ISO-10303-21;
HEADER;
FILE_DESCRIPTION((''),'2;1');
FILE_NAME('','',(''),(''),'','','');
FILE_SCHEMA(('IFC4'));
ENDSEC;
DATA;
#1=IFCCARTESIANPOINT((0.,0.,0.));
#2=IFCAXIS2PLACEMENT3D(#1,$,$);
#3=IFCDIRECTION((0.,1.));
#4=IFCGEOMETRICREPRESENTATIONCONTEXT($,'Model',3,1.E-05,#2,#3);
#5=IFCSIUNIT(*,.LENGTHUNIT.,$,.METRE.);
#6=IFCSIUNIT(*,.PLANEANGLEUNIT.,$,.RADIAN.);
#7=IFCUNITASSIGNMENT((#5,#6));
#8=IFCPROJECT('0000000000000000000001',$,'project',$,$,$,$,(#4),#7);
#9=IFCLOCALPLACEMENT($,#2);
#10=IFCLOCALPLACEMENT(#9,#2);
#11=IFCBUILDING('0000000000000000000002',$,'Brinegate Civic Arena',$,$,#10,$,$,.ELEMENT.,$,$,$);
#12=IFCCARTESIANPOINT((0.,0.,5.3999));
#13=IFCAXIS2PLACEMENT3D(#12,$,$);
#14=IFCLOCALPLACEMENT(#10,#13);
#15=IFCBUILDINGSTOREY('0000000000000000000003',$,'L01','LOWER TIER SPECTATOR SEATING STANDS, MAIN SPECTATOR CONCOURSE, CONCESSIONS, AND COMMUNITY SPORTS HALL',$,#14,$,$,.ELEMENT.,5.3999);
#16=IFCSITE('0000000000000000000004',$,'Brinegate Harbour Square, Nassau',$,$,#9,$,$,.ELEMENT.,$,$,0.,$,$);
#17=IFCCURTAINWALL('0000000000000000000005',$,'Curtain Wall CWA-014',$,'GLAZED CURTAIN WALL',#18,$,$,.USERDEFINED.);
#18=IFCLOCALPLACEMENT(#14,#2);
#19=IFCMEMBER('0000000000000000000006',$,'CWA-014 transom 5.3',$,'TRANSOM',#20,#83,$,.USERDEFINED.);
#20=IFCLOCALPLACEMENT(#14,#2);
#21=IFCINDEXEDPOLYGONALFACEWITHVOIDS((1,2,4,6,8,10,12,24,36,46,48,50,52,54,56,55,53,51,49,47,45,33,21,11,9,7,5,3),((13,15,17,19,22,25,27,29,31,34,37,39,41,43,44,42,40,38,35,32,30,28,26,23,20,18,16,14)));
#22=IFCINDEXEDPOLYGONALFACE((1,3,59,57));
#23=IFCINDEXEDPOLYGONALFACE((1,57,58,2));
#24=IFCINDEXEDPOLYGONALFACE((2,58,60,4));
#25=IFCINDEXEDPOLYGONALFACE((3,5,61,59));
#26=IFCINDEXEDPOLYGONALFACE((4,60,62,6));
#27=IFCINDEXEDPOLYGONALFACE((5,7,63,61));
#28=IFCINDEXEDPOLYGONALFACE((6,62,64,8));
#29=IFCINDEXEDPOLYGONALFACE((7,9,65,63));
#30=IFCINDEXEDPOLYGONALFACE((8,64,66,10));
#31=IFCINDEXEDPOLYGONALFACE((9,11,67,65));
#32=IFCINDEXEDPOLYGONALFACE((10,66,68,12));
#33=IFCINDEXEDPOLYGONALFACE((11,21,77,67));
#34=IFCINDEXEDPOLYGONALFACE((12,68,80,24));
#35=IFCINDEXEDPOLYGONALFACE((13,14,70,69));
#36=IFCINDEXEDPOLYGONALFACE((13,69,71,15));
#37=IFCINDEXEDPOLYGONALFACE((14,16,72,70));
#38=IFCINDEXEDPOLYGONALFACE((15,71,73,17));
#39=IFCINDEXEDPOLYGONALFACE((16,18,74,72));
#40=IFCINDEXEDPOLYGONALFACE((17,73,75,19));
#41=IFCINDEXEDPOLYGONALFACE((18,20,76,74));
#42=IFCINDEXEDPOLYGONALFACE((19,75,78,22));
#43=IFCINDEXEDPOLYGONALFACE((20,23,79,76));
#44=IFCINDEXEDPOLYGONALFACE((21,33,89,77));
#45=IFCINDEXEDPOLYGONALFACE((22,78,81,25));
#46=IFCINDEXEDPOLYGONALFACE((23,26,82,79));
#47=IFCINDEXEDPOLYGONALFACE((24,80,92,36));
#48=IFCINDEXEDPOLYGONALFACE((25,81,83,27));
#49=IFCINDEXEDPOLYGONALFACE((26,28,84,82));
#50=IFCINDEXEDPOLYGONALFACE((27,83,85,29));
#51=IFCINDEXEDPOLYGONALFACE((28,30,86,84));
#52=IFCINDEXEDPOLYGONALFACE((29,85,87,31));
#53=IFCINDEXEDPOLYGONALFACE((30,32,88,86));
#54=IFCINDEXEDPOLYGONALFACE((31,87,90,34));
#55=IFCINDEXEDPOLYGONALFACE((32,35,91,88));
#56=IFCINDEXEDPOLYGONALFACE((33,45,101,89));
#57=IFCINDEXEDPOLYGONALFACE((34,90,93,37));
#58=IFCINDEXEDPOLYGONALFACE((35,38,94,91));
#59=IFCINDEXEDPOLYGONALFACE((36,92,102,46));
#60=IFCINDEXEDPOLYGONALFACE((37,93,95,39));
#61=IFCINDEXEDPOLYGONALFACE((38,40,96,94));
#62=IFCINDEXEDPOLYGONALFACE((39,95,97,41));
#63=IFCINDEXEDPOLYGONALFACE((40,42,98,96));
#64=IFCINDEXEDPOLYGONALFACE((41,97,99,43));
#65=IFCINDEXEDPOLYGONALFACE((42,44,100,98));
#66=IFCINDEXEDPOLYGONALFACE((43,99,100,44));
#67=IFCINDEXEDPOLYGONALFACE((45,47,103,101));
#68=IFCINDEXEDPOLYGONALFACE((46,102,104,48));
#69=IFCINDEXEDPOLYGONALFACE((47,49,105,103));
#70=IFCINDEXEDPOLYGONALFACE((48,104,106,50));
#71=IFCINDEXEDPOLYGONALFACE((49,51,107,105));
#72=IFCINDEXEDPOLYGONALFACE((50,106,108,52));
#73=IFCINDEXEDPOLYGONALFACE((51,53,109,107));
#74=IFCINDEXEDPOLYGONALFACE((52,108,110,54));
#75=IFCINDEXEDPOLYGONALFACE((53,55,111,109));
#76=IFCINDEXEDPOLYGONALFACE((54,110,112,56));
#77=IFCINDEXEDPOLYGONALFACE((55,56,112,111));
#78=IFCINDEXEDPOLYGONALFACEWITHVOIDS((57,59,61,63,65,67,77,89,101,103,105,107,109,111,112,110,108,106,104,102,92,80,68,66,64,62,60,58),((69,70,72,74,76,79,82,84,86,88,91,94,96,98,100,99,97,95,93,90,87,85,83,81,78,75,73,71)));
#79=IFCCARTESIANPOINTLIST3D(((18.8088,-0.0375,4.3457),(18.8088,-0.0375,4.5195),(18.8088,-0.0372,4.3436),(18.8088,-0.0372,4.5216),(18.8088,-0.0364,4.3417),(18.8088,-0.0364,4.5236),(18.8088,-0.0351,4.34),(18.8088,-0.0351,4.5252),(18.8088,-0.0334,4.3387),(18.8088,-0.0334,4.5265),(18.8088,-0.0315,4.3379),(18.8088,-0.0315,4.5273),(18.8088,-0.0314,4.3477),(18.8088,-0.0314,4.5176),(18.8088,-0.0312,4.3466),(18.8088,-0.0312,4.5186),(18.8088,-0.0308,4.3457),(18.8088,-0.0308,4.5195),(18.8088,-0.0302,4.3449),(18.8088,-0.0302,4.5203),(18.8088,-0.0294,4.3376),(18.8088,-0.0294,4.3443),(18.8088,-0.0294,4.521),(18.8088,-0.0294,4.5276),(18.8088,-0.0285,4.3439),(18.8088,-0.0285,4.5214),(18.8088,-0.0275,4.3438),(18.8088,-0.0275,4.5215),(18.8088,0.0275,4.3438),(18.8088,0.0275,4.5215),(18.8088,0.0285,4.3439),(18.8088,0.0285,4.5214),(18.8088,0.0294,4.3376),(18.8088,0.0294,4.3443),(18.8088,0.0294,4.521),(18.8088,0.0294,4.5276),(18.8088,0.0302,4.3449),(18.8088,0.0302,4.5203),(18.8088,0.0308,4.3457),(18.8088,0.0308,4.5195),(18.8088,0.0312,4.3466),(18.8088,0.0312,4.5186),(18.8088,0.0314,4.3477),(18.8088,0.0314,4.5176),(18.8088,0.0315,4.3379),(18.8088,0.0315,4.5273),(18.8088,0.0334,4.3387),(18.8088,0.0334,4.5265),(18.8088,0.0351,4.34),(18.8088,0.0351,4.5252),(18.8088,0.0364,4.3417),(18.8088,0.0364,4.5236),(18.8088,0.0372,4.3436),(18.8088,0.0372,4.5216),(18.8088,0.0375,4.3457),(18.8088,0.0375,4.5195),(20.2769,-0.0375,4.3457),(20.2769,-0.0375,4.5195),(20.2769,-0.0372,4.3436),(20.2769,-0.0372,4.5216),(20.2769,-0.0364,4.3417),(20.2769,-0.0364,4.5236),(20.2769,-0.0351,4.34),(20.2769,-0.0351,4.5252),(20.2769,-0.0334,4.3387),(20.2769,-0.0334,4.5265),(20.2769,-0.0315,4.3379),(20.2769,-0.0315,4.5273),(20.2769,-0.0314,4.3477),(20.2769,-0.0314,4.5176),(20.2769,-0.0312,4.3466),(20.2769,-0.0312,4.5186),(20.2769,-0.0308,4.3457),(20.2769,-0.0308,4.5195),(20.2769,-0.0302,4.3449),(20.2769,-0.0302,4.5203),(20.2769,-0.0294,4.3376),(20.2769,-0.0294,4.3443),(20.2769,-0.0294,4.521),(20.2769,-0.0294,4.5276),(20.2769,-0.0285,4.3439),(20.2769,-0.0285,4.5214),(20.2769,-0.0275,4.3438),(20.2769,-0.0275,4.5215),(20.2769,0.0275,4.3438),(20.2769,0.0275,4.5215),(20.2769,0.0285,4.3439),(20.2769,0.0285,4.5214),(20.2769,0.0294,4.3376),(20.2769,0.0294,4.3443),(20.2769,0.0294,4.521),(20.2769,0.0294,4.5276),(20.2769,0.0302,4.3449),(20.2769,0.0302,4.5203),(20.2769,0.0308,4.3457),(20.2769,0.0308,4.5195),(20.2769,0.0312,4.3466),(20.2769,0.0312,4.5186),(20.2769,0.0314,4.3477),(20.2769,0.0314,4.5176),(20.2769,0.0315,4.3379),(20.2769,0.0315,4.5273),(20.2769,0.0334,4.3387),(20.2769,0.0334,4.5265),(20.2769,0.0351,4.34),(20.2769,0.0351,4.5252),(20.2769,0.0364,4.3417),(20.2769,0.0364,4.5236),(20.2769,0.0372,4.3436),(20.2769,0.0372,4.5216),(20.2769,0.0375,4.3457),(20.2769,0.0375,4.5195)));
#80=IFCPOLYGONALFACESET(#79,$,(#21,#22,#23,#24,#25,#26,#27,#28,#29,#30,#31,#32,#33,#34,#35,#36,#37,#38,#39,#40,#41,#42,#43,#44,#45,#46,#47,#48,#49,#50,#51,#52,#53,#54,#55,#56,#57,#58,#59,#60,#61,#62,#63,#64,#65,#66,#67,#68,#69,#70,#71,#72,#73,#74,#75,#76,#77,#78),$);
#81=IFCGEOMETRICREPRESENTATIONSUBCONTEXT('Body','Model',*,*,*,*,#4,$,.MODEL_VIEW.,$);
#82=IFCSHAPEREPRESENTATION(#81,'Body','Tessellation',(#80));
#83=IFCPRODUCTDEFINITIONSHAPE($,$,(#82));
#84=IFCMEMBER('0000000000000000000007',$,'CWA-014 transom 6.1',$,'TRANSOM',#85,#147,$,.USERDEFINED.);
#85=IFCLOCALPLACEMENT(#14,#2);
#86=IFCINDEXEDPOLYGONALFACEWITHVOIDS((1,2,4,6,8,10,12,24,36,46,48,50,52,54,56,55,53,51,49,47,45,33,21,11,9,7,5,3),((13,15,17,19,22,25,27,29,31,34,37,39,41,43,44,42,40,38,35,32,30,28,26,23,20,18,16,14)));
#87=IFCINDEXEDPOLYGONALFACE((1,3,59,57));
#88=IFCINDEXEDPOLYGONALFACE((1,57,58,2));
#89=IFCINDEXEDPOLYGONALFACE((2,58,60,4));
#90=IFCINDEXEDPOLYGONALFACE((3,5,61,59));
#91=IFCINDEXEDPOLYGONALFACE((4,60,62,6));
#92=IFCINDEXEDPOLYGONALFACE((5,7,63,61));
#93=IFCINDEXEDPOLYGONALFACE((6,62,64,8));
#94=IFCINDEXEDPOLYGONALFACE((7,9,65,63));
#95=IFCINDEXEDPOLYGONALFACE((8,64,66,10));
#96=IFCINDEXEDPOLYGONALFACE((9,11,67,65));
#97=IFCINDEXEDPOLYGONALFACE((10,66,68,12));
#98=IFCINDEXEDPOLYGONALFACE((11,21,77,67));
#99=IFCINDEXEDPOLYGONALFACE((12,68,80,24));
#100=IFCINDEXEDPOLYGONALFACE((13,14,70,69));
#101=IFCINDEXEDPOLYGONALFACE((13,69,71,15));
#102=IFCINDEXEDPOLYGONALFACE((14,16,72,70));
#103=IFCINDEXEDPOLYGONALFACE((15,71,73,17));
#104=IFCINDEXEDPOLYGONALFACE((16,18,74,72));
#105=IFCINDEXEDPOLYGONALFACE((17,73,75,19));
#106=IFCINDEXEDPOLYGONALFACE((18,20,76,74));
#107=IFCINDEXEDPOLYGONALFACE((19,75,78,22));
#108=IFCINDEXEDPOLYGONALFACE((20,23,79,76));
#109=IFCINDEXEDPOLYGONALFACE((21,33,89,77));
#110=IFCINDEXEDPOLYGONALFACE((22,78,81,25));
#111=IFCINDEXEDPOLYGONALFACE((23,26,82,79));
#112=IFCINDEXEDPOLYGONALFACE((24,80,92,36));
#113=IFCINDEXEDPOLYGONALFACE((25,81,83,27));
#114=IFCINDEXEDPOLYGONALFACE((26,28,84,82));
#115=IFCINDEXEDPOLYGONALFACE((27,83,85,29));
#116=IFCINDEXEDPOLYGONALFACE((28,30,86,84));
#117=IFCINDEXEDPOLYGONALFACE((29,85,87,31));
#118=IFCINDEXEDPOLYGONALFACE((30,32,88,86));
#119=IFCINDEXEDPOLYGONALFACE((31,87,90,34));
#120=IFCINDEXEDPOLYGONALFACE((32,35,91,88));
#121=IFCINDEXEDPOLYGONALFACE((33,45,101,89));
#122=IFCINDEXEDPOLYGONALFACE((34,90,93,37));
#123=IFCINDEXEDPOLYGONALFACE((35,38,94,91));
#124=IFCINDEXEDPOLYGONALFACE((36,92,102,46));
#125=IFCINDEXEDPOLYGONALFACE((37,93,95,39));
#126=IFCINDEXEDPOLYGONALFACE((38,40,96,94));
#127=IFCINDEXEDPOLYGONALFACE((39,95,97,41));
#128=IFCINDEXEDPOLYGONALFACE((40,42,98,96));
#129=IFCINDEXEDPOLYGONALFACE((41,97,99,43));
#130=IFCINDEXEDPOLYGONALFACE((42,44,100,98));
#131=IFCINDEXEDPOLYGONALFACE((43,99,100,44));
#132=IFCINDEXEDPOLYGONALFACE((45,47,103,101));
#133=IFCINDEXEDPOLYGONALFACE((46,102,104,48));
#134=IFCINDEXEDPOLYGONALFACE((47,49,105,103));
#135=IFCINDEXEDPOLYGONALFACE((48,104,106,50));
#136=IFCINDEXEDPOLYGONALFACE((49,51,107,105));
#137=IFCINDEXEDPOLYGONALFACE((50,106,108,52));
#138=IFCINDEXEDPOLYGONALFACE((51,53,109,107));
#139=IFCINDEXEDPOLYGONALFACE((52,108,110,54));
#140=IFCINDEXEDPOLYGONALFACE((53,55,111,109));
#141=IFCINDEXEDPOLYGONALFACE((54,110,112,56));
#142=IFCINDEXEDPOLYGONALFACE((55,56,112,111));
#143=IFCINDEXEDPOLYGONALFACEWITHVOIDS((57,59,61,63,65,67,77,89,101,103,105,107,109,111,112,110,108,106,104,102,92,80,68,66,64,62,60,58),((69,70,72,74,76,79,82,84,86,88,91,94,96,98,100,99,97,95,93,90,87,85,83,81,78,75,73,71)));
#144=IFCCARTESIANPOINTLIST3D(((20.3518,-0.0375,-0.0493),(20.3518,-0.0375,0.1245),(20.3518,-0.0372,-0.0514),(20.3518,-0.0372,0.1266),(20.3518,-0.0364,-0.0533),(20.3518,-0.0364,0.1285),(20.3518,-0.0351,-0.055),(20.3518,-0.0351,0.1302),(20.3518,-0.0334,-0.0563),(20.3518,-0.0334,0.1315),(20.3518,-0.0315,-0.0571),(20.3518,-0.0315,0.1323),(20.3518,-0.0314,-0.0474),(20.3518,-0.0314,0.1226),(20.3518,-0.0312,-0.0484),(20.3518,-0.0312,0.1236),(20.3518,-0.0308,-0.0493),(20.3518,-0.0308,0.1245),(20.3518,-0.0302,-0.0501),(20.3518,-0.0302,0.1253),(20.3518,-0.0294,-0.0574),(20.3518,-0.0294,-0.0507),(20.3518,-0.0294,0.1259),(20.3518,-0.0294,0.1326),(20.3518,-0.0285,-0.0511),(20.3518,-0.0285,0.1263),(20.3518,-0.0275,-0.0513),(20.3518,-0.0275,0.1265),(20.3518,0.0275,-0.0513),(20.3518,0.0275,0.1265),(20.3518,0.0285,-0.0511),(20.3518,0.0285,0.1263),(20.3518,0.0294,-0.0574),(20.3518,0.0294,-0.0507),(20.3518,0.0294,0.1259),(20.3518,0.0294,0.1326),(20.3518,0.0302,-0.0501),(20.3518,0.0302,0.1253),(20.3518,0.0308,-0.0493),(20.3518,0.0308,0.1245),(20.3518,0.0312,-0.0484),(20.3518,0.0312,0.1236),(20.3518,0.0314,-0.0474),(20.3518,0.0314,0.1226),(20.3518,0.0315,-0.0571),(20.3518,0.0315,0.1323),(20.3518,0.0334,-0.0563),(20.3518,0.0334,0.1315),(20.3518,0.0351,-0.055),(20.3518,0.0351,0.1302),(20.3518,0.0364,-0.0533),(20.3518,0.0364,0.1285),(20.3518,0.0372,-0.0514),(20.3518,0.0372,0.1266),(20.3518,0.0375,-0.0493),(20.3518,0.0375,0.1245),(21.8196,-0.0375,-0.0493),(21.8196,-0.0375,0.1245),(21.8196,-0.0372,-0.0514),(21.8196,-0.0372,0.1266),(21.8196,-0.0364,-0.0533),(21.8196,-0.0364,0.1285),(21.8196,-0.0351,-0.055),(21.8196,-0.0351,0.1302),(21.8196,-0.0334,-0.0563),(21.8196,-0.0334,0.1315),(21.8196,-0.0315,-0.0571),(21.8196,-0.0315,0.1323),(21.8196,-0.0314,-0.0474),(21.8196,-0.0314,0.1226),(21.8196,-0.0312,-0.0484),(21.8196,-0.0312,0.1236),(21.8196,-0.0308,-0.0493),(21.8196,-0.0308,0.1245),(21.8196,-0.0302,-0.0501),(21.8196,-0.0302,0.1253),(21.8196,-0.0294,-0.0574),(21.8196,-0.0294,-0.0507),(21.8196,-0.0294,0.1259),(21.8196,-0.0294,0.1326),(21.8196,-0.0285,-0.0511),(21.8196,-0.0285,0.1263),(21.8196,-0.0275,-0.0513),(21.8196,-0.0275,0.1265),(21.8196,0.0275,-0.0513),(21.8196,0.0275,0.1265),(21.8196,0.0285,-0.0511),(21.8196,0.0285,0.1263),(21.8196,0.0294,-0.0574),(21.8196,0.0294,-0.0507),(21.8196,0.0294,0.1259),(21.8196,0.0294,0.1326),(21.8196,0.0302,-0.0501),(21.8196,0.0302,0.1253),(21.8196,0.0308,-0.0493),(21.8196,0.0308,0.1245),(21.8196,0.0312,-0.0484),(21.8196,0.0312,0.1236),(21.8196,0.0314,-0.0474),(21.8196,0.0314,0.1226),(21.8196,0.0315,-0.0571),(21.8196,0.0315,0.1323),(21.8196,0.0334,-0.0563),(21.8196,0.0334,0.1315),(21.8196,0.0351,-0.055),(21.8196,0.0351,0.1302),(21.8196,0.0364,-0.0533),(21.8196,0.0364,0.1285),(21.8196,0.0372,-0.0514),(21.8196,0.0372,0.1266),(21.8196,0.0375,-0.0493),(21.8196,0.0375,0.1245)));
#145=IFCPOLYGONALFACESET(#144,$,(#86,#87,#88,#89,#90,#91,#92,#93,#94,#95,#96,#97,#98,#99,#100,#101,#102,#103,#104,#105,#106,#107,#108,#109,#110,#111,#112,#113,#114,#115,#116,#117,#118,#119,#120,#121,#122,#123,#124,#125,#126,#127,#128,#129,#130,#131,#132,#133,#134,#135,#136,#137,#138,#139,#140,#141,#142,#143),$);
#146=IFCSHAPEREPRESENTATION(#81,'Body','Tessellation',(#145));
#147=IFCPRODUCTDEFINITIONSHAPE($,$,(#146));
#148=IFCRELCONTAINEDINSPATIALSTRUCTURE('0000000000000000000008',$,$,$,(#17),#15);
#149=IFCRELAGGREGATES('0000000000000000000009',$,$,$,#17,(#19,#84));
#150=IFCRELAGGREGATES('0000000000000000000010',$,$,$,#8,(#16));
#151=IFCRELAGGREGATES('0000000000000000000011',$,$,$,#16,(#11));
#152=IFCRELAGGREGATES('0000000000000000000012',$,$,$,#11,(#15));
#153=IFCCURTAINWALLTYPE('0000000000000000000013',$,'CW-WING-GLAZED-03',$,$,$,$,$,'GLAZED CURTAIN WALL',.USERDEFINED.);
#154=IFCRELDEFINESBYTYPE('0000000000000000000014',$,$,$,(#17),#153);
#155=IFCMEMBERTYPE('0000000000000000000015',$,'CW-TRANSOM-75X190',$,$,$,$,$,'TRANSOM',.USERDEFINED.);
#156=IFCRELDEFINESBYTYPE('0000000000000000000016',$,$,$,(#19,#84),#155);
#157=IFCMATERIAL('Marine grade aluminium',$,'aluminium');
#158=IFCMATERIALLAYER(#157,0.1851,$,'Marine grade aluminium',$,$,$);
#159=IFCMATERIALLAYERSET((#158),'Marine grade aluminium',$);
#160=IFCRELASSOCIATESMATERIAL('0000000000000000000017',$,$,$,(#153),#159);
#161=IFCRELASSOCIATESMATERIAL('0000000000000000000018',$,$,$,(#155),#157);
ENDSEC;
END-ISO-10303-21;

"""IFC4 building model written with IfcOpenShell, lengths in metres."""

from ifc_helpers import new_model, si_unit, direction, frame, origin, origin_2d, place, context, subcontext, project, spatial, hollow_rectangle, extrude, material, layer, layer_set, material_profile, profile_set, type_object, element, aggregate, save


model = new_model("IFC4")

# Units and contexts
model_context = context("Model", 3, precision=1e-05, world=origin(), true_north=direction((0.0, 1.0)))
body_context = subcontext(model_context, "Body", "Model", "MODEL_VIEW")
ifc_project = project(units=[si_unit("LENGTHUNIT", "METRE"), si_unit("PLANEANGLEUNIT", "RADIAN")], contexts=[model_context])

# Site, building, storey
site_placement = place(None, origin())
site = spatial("IfcSite", under=ifc_project, at=site_placement, Name="Brinegate Harbour Square, Nassau", CompositionType="ELEMENT", RefElevation=0.0)
building_placement = place(site_placement, origin())
building = spatial("IfcBuilding", under=site, at=building_placement, Name="Brinegate Civic Arena", CompositionType="ELEMENT")
storey_placement = place(building_placement, frame((0.0, 0.0, 5.3999)))
storey = spatial("IfcBuildingStorey", under=building, at=storey_placement, Name="L01", Description="LOWER TIER SPECTATOR SEATING STANDS, MAIN SPECTATOR CONCOURSE, CONCESSIONS, AND COMMUNITY SPORTS HALL", CompositionType="ELEMENT", Elevation=5.3999)

# Curtain wall, members
ifc_material_1 = material(Name="Marine grade aluminium", Category="aluminium")
ifc_layer_1 = layer(ifc_material_1, 0.1851, Name="Marine grade aluminium")
ifc_layer_set_1 = layer_set([ifc_layer_1], Name="Marine grade aluminium")
curtain_wall_type = type_object("IfcCurtainWallType", Name="CW-WING-GLAZED-03", ElementType="GLAZED CURTAIN WALL", PredefinedType="USERDEFINED", material=ifc_layer_set_1)
curtain_wall_placement = place(storey_placement, origin())
curtain_wall = element("IfcCurtainWall", 1, at=curtain_wall_placement, inside=storey, type_object=curtain_wall_type, Name="Curtain Wall CWA-014", ObjectType="GLAZED CURTAIN WALL", PredefinedType="USERDEFINED")
ifc_material_profile_1 = material_profile(ifc_material_1, hollow_rectangle(XDim=0.075, YDim=0.1899, WallThickness=0.0061, InnerFilletRadius=0.0039, OuterFilletRadius=0.0081, at=origin_2d()), Name="TRN75X190")
ifc_profile_set_1 = profile_set([ifc_material_profile_1], Name="Marine grade aluminium")
member_type_1 = type_object("IfcMemberType", Name="CW-TRANSOM-75X190", ElementType="TRANSOM", PredefinedType="USERDEFINED", material=ifc_profile_set_1)
member_1_placement = place(storey_placement, frame((18.8088, 0.0, 4.4326), z_axis=(1.0, 0.0, 0.0), x_axis=(0.0, 1.0, 0.0)))
member_1 = element("IfcMember", 2, at=member_1_placement, type_object=member_type_1, Name="CWA-014 transom 5.3", ObjectType="TRANSOM", PredefinedType="USERDEFINED", context=body_context, shape_type="SweptSolid", body=[
    extrude(hollow_rectangle(XDim=0.075, YDim=0.1899, WallThickness=0.0061, InnerFilletRadius=0.0039, OuterFilletRadius=0.0081, at=origin_2d()), origin(), (0.0, 0.0, 1.0), 1.468),
])
member_2_placement = place(storey_placement, frame((20.3518, 0.0, 0.0376), z_axis=(1.0, 0.0, 0.0), x_axis=(0.0, 1.0, 0.0)))
member_2 = element("IfcMember", 3, at=member_2_placement, type_object=member_type_1, Name="CWA-014 transom 6.1", ObjectType="TRANSOM", PredefinedType="USERDEFINED", context=body_context, shape_type="SweptSolid", body=[
    extrude(hollow_rectangle(XDim=0.075, YDim=0.1899, WallThickness=0.0061, InnerFilletRadius=0.0039, OuterFilletRadius=0.0081, at=origin_2d()), origin(), (0.0, 0.0, 1.0), 1.4678),
])

aggregate(curtain_wall, [member_1, member_2])

save(model, "model.ifc")
